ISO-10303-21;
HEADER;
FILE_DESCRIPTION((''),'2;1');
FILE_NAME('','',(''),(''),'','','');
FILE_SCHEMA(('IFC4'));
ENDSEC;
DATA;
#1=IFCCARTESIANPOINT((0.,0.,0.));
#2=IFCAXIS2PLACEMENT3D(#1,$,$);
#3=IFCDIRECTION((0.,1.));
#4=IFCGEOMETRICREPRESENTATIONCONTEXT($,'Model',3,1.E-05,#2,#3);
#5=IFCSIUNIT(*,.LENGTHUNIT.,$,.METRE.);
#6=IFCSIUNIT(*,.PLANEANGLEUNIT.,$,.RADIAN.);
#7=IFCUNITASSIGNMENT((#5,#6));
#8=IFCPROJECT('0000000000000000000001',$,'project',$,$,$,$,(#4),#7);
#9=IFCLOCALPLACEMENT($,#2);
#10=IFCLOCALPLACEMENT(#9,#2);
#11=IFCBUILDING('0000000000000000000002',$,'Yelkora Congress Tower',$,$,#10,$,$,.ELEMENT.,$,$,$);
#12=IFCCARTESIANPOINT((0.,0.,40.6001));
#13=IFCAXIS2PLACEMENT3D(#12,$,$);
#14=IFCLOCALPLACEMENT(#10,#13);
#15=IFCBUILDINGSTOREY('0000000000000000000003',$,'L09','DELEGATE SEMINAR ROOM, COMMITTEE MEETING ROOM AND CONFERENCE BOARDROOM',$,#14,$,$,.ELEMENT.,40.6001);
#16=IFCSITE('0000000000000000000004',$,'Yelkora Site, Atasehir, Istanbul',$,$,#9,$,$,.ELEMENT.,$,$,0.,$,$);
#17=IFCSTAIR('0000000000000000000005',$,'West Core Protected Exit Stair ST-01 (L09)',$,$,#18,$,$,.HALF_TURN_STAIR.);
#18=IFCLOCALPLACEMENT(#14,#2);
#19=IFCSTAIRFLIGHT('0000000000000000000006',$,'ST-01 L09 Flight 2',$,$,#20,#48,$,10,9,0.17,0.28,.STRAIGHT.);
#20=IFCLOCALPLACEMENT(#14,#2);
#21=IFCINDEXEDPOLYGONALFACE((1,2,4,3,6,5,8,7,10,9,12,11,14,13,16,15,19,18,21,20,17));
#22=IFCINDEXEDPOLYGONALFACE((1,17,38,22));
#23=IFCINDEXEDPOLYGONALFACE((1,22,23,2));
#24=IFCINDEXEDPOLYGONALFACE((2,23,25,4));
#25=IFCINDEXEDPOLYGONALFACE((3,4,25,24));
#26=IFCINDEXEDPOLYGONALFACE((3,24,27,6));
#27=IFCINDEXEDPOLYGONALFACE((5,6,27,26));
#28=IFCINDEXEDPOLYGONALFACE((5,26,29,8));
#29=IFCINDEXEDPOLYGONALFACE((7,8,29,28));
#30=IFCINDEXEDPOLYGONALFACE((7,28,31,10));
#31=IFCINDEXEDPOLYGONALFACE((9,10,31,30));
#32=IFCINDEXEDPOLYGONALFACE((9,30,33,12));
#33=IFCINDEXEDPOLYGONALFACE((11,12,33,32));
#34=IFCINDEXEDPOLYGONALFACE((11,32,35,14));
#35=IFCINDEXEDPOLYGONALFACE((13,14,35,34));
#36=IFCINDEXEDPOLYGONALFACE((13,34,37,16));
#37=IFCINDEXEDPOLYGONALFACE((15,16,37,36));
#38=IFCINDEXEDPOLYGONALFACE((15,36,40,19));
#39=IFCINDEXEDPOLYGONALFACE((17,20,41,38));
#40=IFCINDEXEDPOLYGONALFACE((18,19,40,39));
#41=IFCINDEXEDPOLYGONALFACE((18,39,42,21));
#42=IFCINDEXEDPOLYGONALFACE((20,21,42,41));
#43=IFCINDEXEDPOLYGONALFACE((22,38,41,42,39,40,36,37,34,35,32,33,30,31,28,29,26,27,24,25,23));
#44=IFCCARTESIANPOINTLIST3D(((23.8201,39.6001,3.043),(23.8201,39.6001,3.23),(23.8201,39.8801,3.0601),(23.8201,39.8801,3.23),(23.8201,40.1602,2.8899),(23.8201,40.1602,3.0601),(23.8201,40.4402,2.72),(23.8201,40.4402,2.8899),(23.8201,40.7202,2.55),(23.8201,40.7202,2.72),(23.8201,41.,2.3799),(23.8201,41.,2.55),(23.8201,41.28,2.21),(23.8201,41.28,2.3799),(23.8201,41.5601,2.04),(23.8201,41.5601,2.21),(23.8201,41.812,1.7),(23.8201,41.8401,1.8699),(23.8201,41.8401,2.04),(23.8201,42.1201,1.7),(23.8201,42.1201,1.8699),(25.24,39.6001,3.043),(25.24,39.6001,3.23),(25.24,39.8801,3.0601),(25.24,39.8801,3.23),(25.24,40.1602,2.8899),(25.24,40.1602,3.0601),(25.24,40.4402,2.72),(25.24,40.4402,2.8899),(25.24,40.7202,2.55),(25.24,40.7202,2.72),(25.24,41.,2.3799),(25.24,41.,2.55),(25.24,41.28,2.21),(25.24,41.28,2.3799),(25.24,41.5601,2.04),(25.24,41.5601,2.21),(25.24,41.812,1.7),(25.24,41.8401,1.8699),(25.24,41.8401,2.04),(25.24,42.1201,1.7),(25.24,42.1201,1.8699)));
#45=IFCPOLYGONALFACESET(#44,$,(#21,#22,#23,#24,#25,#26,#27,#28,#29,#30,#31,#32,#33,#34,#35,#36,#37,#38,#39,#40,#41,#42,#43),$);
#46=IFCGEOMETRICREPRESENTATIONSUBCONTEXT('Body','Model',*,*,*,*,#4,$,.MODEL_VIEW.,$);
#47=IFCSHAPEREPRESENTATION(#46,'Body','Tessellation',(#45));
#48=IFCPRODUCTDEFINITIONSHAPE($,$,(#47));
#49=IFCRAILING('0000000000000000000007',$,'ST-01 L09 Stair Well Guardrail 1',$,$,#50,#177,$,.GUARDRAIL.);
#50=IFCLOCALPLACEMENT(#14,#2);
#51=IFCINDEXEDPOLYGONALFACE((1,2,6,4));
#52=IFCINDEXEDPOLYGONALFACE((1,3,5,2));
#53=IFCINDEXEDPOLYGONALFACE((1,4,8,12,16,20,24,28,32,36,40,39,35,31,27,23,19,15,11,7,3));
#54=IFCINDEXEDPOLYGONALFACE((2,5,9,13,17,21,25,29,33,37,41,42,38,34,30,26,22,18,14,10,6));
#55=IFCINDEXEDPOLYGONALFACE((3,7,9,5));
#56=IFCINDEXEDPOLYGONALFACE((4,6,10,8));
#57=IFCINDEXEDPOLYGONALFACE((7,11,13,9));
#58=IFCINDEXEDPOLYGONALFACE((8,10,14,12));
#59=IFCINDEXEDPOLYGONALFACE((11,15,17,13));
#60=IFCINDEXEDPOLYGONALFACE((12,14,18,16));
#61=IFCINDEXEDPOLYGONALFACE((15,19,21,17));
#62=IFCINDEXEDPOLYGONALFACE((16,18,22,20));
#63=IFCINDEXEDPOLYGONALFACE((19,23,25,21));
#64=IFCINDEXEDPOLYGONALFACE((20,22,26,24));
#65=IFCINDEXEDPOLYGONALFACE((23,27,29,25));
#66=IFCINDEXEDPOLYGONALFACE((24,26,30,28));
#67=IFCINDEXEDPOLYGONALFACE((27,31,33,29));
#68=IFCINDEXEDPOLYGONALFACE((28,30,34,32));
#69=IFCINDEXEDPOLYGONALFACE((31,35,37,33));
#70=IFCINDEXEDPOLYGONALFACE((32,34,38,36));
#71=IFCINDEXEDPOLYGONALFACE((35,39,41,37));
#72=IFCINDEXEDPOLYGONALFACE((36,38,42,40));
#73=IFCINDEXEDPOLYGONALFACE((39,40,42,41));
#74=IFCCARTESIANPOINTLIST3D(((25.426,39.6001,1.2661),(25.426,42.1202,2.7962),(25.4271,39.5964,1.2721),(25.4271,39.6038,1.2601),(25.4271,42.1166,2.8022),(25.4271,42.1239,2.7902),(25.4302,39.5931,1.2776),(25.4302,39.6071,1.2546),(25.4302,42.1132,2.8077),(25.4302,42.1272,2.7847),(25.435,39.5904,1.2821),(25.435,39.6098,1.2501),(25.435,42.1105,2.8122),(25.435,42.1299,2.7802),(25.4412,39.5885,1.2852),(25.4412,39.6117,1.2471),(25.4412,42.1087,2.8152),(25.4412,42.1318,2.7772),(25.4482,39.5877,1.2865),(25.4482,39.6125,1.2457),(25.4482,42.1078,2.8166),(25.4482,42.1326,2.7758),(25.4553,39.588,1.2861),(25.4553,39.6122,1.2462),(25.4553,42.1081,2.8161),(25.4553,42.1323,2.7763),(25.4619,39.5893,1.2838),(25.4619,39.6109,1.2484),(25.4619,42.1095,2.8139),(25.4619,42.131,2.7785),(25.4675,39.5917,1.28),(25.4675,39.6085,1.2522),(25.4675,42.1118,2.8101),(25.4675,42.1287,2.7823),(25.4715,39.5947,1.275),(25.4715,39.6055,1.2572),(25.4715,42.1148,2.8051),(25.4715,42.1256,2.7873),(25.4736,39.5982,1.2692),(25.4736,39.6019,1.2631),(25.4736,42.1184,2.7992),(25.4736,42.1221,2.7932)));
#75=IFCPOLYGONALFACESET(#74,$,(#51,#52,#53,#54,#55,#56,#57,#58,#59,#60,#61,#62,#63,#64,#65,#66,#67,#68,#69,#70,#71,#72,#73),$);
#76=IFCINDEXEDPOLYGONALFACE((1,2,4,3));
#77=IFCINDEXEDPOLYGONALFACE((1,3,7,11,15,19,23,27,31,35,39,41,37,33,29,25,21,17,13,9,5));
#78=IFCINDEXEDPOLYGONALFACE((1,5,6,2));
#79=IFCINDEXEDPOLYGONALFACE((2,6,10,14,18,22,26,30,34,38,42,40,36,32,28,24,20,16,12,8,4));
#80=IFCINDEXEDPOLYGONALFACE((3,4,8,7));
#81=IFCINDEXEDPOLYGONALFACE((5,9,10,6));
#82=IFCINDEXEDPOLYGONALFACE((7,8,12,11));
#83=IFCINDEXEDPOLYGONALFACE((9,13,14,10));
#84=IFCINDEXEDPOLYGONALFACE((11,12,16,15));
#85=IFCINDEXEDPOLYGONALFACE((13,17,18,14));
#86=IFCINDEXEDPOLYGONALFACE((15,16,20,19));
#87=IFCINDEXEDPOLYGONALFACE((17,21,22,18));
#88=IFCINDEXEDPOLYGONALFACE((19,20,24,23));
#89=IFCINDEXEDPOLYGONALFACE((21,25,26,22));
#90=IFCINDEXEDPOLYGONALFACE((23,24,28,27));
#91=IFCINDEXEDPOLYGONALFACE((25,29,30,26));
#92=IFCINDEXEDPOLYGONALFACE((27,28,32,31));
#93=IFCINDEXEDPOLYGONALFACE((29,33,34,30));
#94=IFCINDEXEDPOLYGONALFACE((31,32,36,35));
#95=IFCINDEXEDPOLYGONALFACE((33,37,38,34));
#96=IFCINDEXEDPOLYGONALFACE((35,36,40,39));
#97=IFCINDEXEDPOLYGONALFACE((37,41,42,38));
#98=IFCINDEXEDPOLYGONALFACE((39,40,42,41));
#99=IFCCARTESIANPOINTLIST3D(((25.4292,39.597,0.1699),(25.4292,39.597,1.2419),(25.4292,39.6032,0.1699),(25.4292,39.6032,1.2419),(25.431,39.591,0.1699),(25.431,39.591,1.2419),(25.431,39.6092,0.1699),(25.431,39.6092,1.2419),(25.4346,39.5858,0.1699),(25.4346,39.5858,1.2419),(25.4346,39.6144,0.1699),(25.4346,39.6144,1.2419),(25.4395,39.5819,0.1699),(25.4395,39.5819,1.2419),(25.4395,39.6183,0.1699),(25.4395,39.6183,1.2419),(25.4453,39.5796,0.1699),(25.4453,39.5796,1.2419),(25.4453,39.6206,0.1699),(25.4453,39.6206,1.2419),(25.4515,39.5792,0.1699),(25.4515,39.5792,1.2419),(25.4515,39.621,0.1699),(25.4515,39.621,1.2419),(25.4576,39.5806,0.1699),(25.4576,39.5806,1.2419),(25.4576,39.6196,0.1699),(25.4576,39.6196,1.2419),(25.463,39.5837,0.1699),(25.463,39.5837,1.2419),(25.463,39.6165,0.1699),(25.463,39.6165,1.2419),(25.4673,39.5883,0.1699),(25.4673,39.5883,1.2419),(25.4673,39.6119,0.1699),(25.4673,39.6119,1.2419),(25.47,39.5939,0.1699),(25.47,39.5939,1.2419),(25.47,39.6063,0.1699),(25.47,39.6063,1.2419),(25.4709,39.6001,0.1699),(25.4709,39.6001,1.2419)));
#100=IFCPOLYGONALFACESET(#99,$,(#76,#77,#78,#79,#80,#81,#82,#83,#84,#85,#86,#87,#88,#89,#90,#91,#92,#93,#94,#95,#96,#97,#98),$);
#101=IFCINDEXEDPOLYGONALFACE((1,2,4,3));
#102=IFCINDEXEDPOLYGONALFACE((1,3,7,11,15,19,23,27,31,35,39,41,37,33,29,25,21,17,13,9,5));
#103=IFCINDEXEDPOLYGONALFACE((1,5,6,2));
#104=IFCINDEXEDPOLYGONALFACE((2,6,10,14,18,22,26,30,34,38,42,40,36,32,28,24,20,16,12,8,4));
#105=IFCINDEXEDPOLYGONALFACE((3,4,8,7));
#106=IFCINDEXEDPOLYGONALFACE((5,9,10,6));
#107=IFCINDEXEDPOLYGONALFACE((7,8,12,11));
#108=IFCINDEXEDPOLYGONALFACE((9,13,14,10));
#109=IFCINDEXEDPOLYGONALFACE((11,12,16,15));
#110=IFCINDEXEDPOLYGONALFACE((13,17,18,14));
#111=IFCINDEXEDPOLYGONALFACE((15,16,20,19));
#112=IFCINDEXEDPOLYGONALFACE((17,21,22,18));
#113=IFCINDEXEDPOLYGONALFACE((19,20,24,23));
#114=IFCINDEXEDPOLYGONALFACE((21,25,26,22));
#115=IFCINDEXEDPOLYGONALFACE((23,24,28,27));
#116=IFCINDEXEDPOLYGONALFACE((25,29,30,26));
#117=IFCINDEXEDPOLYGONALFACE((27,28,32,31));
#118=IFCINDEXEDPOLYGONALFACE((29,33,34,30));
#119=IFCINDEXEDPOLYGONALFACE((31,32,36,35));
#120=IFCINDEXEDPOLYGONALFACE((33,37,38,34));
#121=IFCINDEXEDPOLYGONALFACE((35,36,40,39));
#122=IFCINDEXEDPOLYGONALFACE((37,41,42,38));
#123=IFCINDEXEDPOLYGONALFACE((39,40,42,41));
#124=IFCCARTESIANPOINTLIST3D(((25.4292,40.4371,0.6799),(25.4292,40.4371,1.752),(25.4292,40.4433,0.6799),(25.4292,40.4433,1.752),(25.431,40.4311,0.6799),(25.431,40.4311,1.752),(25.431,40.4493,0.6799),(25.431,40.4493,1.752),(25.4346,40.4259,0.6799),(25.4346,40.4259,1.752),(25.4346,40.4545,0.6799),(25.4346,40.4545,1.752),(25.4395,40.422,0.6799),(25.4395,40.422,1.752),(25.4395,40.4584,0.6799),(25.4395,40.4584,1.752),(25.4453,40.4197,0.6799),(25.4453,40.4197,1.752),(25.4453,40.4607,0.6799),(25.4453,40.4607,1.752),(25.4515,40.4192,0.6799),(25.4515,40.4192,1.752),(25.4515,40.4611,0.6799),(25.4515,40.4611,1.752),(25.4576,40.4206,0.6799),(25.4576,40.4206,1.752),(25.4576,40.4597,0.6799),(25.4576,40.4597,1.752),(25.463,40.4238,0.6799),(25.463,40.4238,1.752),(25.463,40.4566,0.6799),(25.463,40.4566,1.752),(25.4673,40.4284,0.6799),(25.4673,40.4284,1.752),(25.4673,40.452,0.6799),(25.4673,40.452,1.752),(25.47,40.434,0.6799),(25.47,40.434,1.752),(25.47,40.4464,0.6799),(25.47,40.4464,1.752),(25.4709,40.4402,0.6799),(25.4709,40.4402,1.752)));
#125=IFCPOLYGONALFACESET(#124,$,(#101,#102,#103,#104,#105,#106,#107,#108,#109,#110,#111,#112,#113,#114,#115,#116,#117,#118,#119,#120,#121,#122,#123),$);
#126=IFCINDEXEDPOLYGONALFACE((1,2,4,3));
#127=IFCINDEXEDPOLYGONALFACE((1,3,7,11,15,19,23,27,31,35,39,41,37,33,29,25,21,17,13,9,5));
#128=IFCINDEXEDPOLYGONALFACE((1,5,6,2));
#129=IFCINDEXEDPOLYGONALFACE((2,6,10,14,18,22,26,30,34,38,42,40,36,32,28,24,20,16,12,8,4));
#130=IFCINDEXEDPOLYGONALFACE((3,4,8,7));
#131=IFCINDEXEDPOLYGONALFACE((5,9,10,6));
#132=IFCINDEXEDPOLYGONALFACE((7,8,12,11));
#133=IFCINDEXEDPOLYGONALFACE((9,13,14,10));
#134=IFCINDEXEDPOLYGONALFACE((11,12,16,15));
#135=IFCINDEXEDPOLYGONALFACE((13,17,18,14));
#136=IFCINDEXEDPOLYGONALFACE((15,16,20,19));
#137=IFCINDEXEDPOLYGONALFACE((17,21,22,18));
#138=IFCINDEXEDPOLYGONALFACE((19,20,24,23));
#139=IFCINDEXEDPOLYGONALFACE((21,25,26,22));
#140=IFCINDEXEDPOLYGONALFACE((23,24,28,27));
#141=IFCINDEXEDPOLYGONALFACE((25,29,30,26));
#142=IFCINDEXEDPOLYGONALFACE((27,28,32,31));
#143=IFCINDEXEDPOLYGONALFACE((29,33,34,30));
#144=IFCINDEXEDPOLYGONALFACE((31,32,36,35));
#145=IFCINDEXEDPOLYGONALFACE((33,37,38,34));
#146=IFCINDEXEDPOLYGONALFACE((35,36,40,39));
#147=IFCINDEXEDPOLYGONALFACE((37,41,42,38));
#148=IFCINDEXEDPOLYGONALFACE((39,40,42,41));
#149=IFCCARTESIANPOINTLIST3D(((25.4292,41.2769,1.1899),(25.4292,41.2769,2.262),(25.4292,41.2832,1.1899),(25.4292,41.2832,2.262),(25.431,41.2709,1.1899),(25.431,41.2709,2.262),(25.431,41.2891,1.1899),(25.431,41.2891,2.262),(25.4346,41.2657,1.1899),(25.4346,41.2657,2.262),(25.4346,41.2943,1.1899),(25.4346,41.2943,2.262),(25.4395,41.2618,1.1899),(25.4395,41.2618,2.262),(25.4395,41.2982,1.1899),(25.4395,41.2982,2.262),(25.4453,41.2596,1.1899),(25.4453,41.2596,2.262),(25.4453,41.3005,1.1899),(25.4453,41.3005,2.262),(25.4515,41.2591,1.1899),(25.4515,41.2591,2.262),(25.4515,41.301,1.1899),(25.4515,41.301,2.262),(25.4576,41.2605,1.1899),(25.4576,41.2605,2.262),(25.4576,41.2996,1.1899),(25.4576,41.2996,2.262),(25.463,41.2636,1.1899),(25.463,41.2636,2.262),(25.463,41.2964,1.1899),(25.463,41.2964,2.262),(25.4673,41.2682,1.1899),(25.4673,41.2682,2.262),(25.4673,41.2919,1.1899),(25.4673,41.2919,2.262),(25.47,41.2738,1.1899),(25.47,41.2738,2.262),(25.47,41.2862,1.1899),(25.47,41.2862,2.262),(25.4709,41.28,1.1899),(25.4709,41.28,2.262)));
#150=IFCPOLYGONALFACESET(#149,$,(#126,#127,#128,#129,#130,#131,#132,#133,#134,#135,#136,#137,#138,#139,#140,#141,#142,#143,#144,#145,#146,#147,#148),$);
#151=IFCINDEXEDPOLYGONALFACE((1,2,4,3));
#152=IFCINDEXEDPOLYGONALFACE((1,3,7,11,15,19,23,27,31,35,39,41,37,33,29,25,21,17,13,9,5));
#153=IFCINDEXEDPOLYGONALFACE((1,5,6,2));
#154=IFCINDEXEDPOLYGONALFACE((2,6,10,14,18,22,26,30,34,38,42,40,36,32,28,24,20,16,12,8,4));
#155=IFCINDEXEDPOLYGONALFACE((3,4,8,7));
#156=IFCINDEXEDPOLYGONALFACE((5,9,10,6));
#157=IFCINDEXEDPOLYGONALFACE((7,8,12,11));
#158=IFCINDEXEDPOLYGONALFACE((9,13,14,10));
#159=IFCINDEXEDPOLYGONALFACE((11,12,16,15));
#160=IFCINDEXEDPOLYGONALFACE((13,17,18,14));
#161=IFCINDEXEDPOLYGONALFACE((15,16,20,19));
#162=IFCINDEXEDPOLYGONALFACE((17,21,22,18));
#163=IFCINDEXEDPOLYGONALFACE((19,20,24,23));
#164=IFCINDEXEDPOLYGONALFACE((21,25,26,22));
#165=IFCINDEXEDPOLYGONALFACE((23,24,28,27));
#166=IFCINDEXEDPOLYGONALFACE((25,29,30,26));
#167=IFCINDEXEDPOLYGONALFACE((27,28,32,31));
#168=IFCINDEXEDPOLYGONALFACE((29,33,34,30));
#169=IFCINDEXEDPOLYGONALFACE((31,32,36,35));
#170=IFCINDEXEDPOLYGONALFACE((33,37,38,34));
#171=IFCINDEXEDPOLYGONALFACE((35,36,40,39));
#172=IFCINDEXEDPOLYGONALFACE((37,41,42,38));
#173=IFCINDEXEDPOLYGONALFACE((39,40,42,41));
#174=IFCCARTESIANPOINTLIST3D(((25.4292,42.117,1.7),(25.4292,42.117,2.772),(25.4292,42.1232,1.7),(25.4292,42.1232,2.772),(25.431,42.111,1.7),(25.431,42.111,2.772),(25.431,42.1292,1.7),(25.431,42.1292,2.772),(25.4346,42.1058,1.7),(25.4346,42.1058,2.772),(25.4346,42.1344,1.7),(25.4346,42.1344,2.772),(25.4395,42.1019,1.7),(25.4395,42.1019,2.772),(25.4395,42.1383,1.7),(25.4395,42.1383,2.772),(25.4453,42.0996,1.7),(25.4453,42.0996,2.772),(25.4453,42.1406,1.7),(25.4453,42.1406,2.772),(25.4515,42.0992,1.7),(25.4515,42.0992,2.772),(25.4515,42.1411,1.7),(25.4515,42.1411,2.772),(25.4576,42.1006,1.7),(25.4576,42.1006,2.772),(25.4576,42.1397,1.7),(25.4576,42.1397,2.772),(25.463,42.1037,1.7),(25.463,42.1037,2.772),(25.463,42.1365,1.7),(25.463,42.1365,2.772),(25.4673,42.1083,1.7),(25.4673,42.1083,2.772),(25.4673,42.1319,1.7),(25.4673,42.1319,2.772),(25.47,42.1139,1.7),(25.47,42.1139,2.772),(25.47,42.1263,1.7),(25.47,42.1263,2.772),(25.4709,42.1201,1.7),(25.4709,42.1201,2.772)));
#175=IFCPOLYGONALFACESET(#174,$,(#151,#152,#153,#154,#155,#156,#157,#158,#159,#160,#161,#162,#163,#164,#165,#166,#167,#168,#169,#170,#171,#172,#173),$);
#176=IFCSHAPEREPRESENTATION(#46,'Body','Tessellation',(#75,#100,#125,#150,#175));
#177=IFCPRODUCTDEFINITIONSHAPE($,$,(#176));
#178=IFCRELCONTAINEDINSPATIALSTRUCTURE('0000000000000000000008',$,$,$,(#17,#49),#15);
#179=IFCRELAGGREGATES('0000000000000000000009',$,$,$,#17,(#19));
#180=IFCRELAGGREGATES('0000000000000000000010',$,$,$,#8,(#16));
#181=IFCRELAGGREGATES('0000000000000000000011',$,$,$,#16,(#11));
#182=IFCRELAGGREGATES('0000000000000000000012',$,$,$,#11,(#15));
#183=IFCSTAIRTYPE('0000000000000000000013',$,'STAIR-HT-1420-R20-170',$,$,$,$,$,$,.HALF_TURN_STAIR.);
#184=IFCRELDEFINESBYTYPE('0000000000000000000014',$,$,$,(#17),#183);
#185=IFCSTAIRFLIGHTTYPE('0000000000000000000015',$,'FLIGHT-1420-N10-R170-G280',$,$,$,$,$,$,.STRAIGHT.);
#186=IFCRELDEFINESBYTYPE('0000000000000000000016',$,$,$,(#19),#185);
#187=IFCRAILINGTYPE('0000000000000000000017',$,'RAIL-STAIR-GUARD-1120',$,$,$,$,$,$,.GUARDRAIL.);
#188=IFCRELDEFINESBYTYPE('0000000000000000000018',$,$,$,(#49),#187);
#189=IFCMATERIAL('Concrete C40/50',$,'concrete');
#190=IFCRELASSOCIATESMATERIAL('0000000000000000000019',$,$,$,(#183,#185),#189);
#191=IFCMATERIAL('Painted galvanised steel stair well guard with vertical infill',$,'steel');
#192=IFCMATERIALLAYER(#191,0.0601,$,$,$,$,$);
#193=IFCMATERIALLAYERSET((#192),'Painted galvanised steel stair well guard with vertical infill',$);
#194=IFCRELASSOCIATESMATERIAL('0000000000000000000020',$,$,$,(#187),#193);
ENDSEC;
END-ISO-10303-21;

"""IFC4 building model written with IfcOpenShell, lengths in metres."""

from ifc_helpers import new_model, si_unit, direction, frame, origin, origin_2d, place, context, subcontext, project, spatial, polyline, circle, outline, extrude, material, layer, layer_set, type_object, element, aggregate, save


model = new_model("IFC4")

# Units and contexts
model_context = context("Model", 3, precision=1e-05, world=origin(), true_north=direction((0.0, 1.0)))
body_context = subcontext(model_context, "Body", "Model", "MODEL_VIEW")
ifc_project = project(units=[si_unit("LENGTHUNIT", "METRE"), si_unit("PLANEANGLEUNIT", "RADIAN")], contexts=[model_context])

# Site, building, storey
site_placement = place(None, origin())
site = spatial("IfcSite", under=ifc_project, at=site_placement, Name="Yelkora Site, Atasehir, Istanbul", CompositionType="ELEMENT", RefElevation=0.0)
building_placement = place(site_placement, origin())
building = spatial("IfcBuilding", under=site, at=building_placement, Name="Yelkora Congress Tower", CompositionType="ELEMENT")
storey_placement = place(building_placement, frame((0.0, 0.0, 40.6001)))
storey = spatial("IfcBuildingStorey", under=building, at=storey_placement, Name="L09", Description="DELEGATE SEMINAR ROOM, COMMITTEE MEETING ROOM AND CONFERENCE BOARDROOM", CompositionType="ELEMENT", Elevation=40.6001)

# Stair, stair flight
ifc_material_1 = material(Name="Concrete C40/50", Category="concrete")
stair_type = type_object("IfcStairType", Name="STAIR-HT-1420-R20-170", PredefinedType="HALF_TURN_STAIR", material=ifc_material_1)
stair_placement = place(storey_placement, origin())
stair = element("IfcStair", 1, at=stair_placement, inside=storey, type_object=stair_type, Name="West Core Protected Exit Stair ST-01 (L09)", PredefinedType="HALF_TURN_STAIR")
stair_flight_type = type_object("IfcStairFlightType", Name="FLIGHT-1420-N10-R170-G280", PredefinedType="STRAIGHT", material=ifc_material_1)
stair_flight_1_placement = place(storey_placement, frame((24.53, 42.1201, 1.7), z_axis=(0.0, 0.0, 1.0), x_axis=(0.0, -1.0, 0.0)))
stair_flight_1 = element("IfcStairFlight", 2, at=stair_flight_1_placement, type_object=stair_flight_type, Name="ST-01 L09 Flight 2", NumberOfRisers=10, NumberOfTreads=9, PredefinedType="STRAIGHT", RiserHeight=0.17, TreadLength=0.28, context=body_context, shape_type="SweptSolid", body=[
    extrude(outline(polyline([(0.0, 0.0), (0.0, 0.1699), (0.28, 0.1699), (0.28, 0.3401), (0.5601, 0.3401), (0.5601, 0.51), (0.8401, 0.51), (0.8401, 0.6799), (1.1201, 0.6799), (1.1201, 0.8501), (1.3999, 0.8501), (1.3999, 1.02), (1.6799, 1.02), (1.6799, 1.1899), (1.96, 1.1899), (1.96, 1.3601), (2.24, 1.3601), (2.24, 1.53), (2.52, 1.53), (2.52, 1.7), (2.52, 1.343), (0.3081, 0.0), (0.0, 0.0)])), frame((0.0, 0.71, 0.0), z_axis=(0.0, -1.0, 0.0), x_axis=(1.0, 0.0, 0.0)), (0.0, 0.0, 1.0), 1.4199),
])
aggregate(stair, [stair_flight_1])

# Railing
ifc_material_2 = material(Name="Painted galvanised steel stair well guard with vertical infill", Category="steel")
ifc_layer_1 = layer(ifc_material_2, 0.0601)
ifc_layer_set_1 = layer_set([ifc_layer_1], Name="Painted galvanised steel stair well guard with vertical infill")
railing_type_1 = type_object("IfcRailingType", Name="RAIL-STAIR-GUARD-1120", PredefinedType="GUARDRAIL", material=ifc_layer_set_1)
railing_1_placement = place(storey_placement, frame((25.45, 39.6001, 0.1699)))
element("IfcRailing", 3, at=railing_1_placement, inside=storey, type_object=railing_type_1, Name="ST-01 L09 Stair Well Guardrail 1", PredefinedType="GUARDRAIL", context=body_context, shape_type="SweptSolid", body=[
    extrude(circle(Radius=0.0239, at=origin_2d()), frame((0.0, 0.0, 1.0962), z_axis=(0.0, 0.854785, 0.518982), x_axis=(-1.0, 0.0, 0.0)), (0.0, 0.0, 1.0), 2.9482),
    extrude(circle(Radius=0.021, at=origin_2d()), origin(), (0.0, 0.0, 1.0), 1.072),
    extrude(circle(Radius=0.021, at=origin_2d()), frame((0.0, 0.8401, 0.51)), (0.0, 0.0, 1.0), 1.072),
    extrude(circle(Radius=0.021, at=origin_2d()), frame((0.0, 1.6799, 1.02)), (0.0, 0.0, 1.0), 1.072),
    extrude(circle(Radius=0.021, at=origin_2d()), frame((0.0, 2.52, 1.53)), (0.0, 0.0, 1.0), 1.072),
])

save(model, "model.ifc")
